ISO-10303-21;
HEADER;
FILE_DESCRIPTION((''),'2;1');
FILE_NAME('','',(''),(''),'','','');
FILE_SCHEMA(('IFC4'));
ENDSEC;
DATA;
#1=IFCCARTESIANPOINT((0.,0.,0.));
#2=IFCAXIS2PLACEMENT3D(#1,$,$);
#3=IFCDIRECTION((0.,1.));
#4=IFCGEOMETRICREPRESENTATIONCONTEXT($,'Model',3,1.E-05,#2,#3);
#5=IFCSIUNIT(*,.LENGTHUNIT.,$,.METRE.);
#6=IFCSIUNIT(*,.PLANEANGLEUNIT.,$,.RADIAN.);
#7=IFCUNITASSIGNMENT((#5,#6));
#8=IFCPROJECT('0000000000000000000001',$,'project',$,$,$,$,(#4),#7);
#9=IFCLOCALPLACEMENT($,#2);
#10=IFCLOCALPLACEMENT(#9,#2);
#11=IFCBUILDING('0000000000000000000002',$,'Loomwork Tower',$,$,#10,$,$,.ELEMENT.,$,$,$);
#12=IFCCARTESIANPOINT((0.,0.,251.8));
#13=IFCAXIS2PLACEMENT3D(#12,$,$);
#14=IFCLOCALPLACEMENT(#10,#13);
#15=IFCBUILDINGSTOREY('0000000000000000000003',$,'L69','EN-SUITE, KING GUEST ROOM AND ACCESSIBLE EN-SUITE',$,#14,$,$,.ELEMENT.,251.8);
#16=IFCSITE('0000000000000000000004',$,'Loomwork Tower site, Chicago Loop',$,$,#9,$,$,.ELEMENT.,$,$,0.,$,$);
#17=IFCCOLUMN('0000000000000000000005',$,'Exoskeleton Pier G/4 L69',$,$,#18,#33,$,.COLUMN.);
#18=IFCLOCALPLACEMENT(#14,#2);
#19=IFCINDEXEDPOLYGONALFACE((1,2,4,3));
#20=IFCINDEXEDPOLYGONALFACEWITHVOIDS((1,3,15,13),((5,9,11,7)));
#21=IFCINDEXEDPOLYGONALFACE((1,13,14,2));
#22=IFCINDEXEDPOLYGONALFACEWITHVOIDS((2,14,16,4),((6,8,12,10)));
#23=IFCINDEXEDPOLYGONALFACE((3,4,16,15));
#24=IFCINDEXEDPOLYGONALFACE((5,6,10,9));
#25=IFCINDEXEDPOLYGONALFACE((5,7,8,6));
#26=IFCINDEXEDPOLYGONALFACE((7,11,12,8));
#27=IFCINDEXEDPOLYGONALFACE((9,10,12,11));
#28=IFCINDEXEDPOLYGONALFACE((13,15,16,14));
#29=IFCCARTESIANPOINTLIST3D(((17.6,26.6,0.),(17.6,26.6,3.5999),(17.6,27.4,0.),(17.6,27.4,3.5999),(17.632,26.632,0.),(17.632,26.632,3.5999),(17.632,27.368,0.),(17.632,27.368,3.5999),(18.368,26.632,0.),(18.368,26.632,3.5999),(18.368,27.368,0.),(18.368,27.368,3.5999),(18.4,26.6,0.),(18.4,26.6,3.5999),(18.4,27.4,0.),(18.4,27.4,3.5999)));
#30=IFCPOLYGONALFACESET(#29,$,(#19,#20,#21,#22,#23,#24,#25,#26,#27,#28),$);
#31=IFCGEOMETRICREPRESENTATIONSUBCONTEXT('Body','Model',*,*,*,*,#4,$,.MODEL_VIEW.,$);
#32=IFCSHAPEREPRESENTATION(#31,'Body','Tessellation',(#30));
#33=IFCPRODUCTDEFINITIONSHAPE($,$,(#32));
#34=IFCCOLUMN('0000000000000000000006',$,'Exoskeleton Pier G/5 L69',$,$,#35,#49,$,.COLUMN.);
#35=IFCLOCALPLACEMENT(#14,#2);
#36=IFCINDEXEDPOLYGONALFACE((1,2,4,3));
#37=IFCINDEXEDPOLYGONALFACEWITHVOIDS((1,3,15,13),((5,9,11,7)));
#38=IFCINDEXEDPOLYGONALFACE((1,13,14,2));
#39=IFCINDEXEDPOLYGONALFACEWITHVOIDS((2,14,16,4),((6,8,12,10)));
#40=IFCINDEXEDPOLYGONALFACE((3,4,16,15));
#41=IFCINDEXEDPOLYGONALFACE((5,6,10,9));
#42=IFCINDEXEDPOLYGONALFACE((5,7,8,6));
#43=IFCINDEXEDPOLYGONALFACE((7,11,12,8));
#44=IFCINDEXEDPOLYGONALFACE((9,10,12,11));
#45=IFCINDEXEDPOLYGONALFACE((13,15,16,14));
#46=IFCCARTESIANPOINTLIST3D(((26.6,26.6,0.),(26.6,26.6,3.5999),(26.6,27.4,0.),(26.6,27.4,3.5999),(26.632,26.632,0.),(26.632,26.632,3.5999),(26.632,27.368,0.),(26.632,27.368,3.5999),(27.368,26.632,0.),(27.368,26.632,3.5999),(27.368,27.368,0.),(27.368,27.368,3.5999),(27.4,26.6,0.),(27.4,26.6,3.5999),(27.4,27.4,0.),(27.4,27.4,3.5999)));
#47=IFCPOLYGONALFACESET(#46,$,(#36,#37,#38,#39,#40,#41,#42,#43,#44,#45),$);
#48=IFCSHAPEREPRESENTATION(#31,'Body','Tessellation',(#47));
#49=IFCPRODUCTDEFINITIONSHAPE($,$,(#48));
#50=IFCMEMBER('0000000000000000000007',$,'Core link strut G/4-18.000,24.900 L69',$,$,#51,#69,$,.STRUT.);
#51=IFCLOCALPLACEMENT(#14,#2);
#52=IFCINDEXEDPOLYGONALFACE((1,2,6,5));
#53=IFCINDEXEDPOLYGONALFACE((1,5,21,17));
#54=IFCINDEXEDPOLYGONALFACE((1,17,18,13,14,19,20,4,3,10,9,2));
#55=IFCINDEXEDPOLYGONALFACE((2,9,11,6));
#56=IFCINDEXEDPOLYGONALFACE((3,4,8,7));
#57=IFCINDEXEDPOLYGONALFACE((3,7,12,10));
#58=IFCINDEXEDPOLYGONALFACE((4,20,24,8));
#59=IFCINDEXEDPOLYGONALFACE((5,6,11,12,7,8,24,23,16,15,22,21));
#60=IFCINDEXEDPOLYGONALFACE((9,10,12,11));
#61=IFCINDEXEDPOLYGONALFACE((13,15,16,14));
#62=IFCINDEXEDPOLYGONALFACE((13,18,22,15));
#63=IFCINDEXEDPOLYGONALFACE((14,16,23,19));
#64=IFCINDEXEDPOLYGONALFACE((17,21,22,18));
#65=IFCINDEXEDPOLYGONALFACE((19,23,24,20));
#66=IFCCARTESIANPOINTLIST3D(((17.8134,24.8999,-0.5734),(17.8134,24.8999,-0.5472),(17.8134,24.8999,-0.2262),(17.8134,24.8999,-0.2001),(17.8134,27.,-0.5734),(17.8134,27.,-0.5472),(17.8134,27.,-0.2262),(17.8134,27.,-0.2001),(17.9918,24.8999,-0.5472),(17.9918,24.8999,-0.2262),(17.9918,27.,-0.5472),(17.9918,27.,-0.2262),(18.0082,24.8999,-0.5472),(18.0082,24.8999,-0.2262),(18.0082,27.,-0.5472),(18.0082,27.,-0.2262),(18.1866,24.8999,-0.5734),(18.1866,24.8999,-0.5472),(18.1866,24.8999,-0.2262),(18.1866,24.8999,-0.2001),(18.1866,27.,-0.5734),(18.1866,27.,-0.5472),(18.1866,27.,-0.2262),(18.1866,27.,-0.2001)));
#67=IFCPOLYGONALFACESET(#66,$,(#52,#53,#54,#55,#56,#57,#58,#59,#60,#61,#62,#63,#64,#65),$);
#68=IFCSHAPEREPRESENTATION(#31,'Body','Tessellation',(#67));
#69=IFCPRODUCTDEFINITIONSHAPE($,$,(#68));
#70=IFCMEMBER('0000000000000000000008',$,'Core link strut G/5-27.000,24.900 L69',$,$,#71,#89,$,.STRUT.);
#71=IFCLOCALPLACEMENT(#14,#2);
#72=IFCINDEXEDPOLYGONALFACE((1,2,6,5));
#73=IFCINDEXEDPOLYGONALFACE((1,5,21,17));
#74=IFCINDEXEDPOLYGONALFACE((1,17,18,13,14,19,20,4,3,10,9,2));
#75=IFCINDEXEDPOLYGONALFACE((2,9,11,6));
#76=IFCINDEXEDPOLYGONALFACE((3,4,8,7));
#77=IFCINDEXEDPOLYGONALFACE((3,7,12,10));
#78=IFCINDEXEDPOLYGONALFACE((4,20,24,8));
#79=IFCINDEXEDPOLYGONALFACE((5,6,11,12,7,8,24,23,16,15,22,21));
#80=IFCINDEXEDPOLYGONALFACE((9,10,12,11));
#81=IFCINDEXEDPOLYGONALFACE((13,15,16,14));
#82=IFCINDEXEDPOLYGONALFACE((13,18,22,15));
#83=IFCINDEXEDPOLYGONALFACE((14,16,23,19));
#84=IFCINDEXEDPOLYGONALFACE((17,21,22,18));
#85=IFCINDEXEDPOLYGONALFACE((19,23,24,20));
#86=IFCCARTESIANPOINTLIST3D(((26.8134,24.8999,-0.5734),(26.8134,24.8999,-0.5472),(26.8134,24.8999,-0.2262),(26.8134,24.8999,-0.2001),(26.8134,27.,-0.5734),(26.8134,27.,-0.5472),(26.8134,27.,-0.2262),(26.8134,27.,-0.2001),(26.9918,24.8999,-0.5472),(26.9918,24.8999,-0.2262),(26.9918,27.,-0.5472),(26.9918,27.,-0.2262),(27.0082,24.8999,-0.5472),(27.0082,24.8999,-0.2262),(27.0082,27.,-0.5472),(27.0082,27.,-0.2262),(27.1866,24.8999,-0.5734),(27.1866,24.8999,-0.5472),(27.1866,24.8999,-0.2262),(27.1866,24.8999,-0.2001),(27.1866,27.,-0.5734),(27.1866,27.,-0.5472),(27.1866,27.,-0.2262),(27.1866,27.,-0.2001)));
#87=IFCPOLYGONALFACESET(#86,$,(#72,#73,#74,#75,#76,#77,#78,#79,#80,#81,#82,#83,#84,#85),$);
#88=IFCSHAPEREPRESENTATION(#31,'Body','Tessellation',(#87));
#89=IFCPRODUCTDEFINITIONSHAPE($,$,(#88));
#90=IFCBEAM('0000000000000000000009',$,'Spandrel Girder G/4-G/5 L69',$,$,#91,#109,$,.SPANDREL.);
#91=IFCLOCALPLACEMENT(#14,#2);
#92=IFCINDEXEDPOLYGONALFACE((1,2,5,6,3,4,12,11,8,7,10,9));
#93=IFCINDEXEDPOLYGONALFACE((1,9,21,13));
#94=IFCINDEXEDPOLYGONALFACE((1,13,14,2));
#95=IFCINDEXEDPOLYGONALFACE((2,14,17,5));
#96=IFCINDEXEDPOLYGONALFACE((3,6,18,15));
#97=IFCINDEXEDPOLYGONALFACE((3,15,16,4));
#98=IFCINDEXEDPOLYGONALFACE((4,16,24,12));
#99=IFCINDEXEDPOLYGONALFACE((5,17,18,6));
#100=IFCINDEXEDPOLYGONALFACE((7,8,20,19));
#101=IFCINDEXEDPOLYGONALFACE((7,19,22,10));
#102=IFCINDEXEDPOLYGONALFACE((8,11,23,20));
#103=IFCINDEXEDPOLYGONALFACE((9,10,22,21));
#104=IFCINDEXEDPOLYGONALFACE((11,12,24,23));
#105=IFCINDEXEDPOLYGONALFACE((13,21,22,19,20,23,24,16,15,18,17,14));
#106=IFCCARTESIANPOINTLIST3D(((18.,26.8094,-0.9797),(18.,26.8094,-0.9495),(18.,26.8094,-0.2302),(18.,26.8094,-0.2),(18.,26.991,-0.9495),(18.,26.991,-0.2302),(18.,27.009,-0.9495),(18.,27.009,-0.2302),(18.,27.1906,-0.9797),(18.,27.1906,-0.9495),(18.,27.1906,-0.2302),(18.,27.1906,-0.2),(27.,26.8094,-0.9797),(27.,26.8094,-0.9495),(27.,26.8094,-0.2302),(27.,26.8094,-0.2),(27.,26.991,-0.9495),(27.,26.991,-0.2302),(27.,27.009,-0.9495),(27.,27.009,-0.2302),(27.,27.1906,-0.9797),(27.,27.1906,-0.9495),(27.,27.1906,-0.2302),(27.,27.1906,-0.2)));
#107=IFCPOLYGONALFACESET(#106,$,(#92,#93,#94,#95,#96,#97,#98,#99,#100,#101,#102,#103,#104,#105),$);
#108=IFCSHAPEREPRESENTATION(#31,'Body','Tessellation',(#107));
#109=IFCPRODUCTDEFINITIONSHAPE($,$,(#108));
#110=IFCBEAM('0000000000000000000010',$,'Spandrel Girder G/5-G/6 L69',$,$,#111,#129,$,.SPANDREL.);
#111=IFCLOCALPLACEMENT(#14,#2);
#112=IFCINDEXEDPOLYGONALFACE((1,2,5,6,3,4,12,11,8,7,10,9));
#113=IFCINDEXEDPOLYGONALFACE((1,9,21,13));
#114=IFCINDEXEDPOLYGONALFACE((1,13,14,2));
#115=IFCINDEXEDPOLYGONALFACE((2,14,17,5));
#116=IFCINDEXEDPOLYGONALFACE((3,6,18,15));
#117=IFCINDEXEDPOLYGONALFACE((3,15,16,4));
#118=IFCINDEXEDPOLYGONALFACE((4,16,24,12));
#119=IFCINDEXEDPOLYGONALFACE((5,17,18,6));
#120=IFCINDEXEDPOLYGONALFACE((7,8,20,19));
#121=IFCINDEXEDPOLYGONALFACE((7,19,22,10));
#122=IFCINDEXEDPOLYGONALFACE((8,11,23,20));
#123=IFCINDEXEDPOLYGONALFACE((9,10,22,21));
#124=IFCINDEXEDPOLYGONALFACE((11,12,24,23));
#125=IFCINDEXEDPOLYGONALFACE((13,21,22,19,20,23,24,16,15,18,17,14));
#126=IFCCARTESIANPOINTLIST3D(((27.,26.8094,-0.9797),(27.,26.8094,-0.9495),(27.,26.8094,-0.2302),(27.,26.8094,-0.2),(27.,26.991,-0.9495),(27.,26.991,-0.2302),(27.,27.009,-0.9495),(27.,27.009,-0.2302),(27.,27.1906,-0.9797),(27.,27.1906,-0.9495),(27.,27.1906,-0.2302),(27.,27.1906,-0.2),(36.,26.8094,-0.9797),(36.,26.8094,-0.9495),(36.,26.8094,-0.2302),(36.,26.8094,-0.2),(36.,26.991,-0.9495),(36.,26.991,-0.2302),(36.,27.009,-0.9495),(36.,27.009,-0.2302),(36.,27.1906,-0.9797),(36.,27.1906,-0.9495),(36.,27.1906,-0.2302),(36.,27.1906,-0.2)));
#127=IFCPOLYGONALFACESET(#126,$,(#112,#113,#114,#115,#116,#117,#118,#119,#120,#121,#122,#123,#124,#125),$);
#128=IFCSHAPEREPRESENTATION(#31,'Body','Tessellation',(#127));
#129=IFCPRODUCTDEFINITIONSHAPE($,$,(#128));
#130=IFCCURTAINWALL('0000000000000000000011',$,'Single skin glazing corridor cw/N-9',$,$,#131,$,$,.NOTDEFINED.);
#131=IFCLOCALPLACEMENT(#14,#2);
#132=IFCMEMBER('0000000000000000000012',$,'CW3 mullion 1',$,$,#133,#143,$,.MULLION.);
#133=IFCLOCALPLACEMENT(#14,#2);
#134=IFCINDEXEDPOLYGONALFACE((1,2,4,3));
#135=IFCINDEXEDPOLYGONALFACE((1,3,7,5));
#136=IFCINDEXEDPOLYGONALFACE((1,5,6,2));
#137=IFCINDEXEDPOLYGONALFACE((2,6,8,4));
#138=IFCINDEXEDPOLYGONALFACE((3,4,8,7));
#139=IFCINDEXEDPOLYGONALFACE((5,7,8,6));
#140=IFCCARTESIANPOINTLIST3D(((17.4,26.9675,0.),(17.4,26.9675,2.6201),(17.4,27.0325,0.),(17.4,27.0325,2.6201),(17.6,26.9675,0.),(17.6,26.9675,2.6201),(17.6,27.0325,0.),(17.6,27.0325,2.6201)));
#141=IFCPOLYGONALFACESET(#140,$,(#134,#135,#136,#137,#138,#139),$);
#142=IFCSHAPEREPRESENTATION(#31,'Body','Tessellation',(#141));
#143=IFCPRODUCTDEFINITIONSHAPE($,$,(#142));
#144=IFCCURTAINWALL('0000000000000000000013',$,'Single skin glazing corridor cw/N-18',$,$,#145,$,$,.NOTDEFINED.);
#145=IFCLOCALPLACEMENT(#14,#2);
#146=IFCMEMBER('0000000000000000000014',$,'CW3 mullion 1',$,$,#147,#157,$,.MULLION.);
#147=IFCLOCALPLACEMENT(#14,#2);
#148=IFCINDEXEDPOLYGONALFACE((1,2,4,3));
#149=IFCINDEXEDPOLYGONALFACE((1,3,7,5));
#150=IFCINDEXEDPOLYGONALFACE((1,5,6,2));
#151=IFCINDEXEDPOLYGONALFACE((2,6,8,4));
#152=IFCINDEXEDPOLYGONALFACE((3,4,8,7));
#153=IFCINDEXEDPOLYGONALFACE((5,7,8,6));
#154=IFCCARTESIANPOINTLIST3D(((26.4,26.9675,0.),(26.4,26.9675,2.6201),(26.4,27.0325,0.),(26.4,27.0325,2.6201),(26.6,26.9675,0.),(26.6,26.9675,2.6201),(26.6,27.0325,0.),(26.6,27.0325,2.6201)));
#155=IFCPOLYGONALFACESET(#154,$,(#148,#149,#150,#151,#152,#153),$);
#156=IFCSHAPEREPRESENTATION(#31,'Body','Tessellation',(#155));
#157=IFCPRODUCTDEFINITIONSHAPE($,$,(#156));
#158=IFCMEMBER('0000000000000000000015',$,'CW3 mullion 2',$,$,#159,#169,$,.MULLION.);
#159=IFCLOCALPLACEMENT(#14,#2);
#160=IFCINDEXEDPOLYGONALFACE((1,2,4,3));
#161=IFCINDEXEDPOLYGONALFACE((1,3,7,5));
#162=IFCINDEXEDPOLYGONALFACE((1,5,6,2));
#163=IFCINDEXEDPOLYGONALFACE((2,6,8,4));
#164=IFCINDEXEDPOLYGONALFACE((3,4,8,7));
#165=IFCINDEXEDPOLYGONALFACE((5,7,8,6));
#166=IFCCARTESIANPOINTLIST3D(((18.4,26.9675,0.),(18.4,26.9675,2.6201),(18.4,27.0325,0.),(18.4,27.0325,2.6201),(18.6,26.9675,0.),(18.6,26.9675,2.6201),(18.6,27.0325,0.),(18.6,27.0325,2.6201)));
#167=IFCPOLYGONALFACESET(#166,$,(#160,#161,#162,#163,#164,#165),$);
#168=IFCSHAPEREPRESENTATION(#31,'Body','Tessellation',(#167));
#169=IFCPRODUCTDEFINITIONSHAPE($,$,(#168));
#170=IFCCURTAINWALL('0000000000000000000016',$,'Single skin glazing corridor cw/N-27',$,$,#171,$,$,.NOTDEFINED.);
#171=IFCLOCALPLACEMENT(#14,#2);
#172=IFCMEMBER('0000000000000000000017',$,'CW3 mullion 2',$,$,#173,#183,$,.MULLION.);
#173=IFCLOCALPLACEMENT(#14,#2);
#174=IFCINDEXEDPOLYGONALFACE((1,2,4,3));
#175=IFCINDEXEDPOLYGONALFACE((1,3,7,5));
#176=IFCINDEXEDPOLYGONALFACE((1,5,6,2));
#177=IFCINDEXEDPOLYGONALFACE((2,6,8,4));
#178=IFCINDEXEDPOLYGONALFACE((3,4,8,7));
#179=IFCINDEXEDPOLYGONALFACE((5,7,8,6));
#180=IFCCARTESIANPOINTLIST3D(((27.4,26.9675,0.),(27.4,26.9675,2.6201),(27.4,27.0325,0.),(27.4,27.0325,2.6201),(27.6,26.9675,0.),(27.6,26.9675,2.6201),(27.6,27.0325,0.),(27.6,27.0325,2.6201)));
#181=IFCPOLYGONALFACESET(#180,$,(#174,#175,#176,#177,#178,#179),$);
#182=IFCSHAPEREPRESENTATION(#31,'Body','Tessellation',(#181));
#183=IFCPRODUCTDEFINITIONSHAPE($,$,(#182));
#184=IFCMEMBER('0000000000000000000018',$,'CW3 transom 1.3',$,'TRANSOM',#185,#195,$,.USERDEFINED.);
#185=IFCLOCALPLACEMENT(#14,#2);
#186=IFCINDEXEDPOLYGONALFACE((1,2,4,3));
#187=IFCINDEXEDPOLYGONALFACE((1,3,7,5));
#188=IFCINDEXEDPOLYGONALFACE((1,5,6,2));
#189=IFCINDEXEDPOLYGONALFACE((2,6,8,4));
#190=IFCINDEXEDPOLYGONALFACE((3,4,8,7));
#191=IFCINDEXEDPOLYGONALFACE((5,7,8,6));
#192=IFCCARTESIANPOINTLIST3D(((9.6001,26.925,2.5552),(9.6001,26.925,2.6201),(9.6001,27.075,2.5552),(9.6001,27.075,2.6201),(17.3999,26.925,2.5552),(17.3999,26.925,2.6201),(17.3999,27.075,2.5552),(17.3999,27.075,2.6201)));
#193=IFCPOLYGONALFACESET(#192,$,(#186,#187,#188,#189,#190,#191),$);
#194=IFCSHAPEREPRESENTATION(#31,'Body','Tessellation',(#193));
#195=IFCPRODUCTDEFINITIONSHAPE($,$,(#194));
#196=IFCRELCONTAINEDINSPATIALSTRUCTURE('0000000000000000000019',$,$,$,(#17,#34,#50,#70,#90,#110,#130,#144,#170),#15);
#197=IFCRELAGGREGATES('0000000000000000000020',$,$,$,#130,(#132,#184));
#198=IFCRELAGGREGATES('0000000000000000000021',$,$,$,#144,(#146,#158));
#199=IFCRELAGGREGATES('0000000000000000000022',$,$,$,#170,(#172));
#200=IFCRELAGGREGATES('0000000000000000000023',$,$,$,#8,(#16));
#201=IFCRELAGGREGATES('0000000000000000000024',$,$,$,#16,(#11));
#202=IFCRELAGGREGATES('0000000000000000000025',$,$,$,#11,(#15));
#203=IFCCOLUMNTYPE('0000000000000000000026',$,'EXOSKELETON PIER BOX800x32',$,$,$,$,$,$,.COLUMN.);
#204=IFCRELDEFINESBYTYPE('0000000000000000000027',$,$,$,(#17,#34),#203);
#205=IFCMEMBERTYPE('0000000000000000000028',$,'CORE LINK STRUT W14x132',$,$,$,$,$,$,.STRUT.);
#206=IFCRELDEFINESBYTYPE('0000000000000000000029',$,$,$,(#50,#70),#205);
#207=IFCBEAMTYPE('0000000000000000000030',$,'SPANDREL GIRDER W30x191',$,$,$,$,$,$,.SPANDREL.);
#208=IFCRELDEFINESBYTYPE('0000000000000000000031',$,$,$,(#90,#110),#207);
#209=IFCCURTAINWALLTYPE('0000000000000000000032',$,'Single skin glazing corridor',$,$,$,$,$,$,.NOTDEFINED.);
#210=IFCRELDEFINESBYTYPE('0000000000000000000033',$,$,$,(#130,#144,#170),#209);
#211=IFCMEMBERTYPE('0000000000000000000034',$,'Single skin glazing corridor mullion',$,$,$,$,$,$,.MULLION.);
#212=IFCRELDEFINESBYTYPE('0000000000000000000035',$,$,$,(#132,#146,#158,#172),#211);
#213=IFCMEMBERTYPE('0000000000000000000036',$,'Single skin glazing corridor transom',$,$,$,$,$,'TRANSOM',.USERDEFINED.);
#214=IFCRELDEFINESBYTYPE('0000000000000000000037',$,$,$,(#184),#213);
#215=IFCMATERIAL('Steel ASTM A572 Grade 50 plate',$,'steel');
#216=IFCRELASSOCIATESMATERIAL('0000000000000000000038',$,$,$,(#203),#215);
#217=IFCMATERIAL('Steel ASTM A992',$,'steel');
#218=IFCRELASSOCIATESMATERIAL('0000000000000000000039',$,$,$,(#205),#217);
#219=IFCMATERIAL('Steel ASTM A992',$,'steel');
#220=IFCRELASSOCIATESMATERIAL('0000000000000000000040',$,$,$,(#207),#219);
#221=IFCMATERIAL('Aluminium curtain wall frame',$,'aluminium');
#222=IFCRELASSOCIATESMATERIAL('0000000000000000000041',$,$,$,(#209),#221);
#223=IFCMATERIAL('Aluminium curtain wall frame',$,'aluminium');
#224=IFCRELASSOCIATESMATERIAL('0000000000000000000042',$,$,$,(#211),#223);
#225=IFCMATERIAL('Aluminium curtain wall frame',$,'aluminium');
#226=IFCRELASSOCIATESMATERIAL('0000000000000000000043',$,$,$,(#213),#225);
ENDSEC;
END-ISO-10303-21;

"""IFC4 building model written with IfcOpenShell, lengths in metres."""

from ifc_helpers import new_model, si_unit, direction, frame, origin, origin_2d, place, context, subcontext, project, spatial, rectangle, hollow_rectangle, i_section, extrude, material, material_profile, profile_set, type_object, element, aggregate, save


model = new_model("IFC4")

# Units and contexts
model_context = context("Model", 3, precision=1e-05, world=origin(), true_north=direction((0.0, 1.0)))
body_context = subcontext(model_context, "Body", "Model", "MODEL_VIEW")
ifc_project = project(units=[si_unit("LENGTHUNIT", "METRE"), si_unit("PLANEANGLEUNIT", "RADIAN")], contexts=[model_context])

# Site, building, storey
site_placement = place(None, origin())
site = spatial("IfcSite", under=ifc_project, at=site_placement, Name="Loomwork Tower site, Chicago Loop", CompositionType="ELEMENT", RefElevation=0.0)
building_placement = place(site_placement, origin())
building = spatial("IfcBuilding", under=site, at=building_placement, Name="Loomwork Tower", CompositionType="ELEMENT")
storey_placement = place(building_placement, frame((0.0, 0.0, 251.8)))
storey = spatial("IfcBuildingStorey", under=building, at=storey_placement, Name="L69", Description="EN-SUITE, KING GUEST ROOM AND ACCESSIBLE EN-SUITE", CompositionType="ELEMENT", Elevation=251.8)

# Columns
ifc_material_1 = material(Name="Steel ASTM A572 Grade 50 plate", Category="steel")
ifc_material_profile_1 = material_profile(ifc_material_1, hollow_rectangle(XDim=0.8, YDim=0.8, WallThickness=0.032, at=origin_2d()), Name="BOX800x32")
ifc_profile_set_1 = profile_set([ifc_material_profile_1], Name="Steel ASTM A572 Grade 50 plate")
column_type = type_object("IfcColumnType", Name="EXOSKELETON PIER BOX800x32", PredefinedType="COLUMN", material=ifc_profile_set_1)
for number, where, z_axis, x_axis, name in (
    (1, (18.0, 27.0, 0.0), (0.0, 0.0, 1.0), (1.0, 0.0, 0.0), "Exoskeleton Pier G/4 L69"),
    (2, (27.0, 27.0, 0.0), (0.0, 0.0, 1.0), (1.0, 0.0, 0.0), "Exoskeleton Pier G/5 L69"),
):
    element("IfcColumn", number, at=place(storey_placement, frame(where, z_axis=z_axis, x_axis=x_axis)), inside=storey, type_object=column_type, Name=name, PredefinedType="COLUMN", context=body_context, shape_type="SweptSolid", body=[
        extrude(hollow_rectangle(XDim=0.8, YDim=0.8, WallThickness=0.032, at=origin_2d()), origin(), (0.0, 0.0, 1.0), 3.5999),
    ])

# Members
ifc_material_2 = material(Name="Steel ASTM A992", Category="steel")
ifc_material_profile_2 = material_profile(ifc_material_2, i_section(OverallWidth=0.3733, OverallDepth=0.3733, WebThickness=0.0164, FlangeThickness=0.0261, at=origin_2d()), Name="W14x132")
ifc_profile_set_2 = profile_set([ifc_material_profile_2], Name="Steel ASTM A992")
member_type_1 = type_object("IfcMemberType", Name="CORE LINK STRUT W14x132", PredefinedType="STRUT", material=ifc_profile_set_2)
for number, where, z_axis, x_axis, name in (
    (3, (18.0, 27.0, -0.3867), (0.0, -1.0, 0.0), (1.0, 0.0, 0.0), "Core link strut G/4-18.000,24.900 L69"),
    (4, (27.0, 27.0, -0.3867), (0.0, -1.0, 0.0), (1.0, 0.0, 0.0), "Core link strut G/5-27.000,24.900 L69"),
):
    element("IfcMember", number, at=place(storey_placement, frame(where, z_axis=z_axis, x_axis=x_axis)), inside=storey, type_object=member_type_1, Name=name, PredefinedType="STRUT", context=body_context, shape_type="SweptSolid", body=[
        extrude(i_section(OverallWidth=0.3733, OverallDepth=0.3733, WebThickness=0.0164, FlangeThickness=0.0261, at=origin_2d()), origin(), (0.0, 0.0, 1.0), 2.1001),
    ])

# Beams
ifc_material_3 = material(Name="Steel ASTM A992", Category="steel")
ifc_material_profile_3 = material_profile(ifc_material_3, i_section(OverallWidth=0.3811, OverallDepth=0.7798, WebThickness=0.0181, FlangeThickness=0.0303, at=origin_2d()), Name="W30x191")
ifc_profile_set_3 = profile_set([ifc_material_profile_3], Name="Steel ASTM A992")
beam_type = type_object("IfcBeamType", Name="SPANDREL GIRDER W30x191", PredefinedType="SPANDREL", material=ifc_profile_set_3)
for number, where, z_axis, x_axis, name in (
    (5, (18.0, 27.0, -0.5898), (1.0, 0.0, 0.0), (0.0, 1.0, 0.0), "Spandrel Girder G/4-G/5 L69"),
    (6, (27.0, 27.0, -0.5898), (1.0, 0.0, 0.0), (0.0, 1.0, 0.0), "Spandrel Girder G/5-G/6 L69"),
):
    element("IfcBeam", number, at=place(storey_placement, frame(where, z_axis=z_axis, x_axis=x_axis)), inside=storey, type_object=beam_type, Name=name, PredefinedType="SPANDREL", context=body_context, shape_type="SweptSolid", body=[
        extrude(i_section(OverallWidth=0.3811, OverallDepth=0.7798, WebThickness=0.0181, FlangeThickness=0.0303, at=origin_2d()), origin(), (0.0, 0.0, 1.0), 9.0),
    ])

# Curtain wall, member
ifc_material_4 = material(Name="Aluminium curtain wall frame", Category="aluminium")
curtain_wall_type = type_object("IfcCurtainWallType", Name="Single skin glazing corridor", PredefinedType="NOTDEFINED", material=ifc_material_4)
curtain_wall_1_placement = place(storey_placement, origin())
curtain_wall_1 = element("IfcCurtainWall", 7, at=curtain_wall_1_placement, inside=storey, type_object=curtain_wall_type, Name="Single skin glazing corridor cw/N-9", PredefinedType="NOTDEFINED")
ifc_material_5 = material(Name="Aluminium curtain wall frame", Category="aluminium")
ifc_material_profile_4 = material_profile(ifc_material_5, rectangle(XDim=0.0649, YDim=0.2, at=origin_2d()), Name="AL 65x200")
ifc_profile_set_4 = profile_set([ifc_material_profile_4], Name="Aluminium curtain wall frame")
member_type_2 = type_object("IfcMemberType", Name="Single skin glazing corridor mullion", PredefinedType="MULLION", material=ifc_profile_set_4)
member_1_placement = place(storey_placement, frame((17.5, 27.0, 0.0), z_axis=(0.0, 0.0, 1.0), x_axis=(0.0, -1.0, 0.0)))
member_1 = element("IfcMember", 8, at=member_1_placement, type_object=member_type_2, Name="CW3 mullion 1", PredefinedType="MULLION", context=body_context, shape_type="SweptSolid", body=[
    extrude(rectangle(XDim=0.0649, YDim=0.2, at=origin_2d()), origin(), (0.0, 0.0, 1.0), 2.6201),
])

# Curtain wall, members
curtain_wall_2_placement = place(storey_placement, origin())
curtain_wall_2 = element("IfcCurtainWall", 9, at=curtain_wall_2_placement, inside=storey, type_object=curtain_wall_type, Name="Single skin glazing corridor cw/N-18", PredefinedType="NOTDEFINED")
member_2_placement = place(storey_placement, frame((26.5, 27.0, 0.0), z_axis=(0.0, 0.0, 1.0), x_axis=(0.0, -1.0, 0.0)))
member_2 = element("IfcMember", 10, at=member_2_placement, type_object=member_type_2, Name="CW3 mullion 1", PredefinedType="MULLION", context=body_context, shape_type="SweptSolid", body=[
    extrude(rectangle(XDim=0.0649, YDim=0.2, at=origin_2d()), origin(), (0.0, 0.0, 1.0), 2.6201),
])
member_3_placement = place(storey_placement, frame((18.5, 27.0, 0.0), z_axis=(0.0, 0.0, 1.0), x_axis=(0.0, -1.0, 0.0)))
member_3 = element("IfcMember", 11, at=member_3_placement, type_object=member_type_2, Name="CW3 mullion 2", PredefinedType="MULLION", context=body_context, shape_type="SweptSolid", body=[
    extrude(rectangle(XDim=0.0649, YDim=0.2, at=origin_2d()), origin(), (0.0, 0.0, 1.0), 2.6201),
])

# Curtain wall, member
curtain_wall_3_placement = place(storey_placement, origin())
curtain_wall_3 = element("IfcCurtainWall", 12, at=curtain_wall_3_placement, inside=storey, type_object=curtain_wall_type, Name="Single skin glazing corridor cw/N-27", PredefinedType="NOTDEFINED")
member_4_placement = place(storey_placement, frame((27.5, 27.0, 0.0), z_axis=(0.0, 0.0, 1.0), x_axis=(0.0, -1.0, 0.0)))
member_4 = element("IfcMember", 13, at=member_4_placement, type_object=member_type_2, Name="CW3 mullion 2", PredefinedType="MULLION", context=body_context, shape_type="SweptSolid", body=[
    extrude(rectangle(XDim=0.0649, YDim=0.2, at=origin_2d()), origin(), (0.0, 0.0, 1.0), 2.6201),
])

# Member
ifc_material_6 = material(Name="Aluminium curtain wall frame", Category="aluminium")
ifc_material_profile_5 = material_profile(ifc_material_6, rectangle(XDim=0.1499, YDim=0.0649, at=origin_2d()), Name="AL 65x150")
ifc_profile_set_5 = profile_set([ifc_material_profile_5], Name="Aluminium curtain wall frame")
member_type_3 = type_object("IfcMemberType", Name="Single skin glazing corridor transom", ElementType="TRANSOM", PredefinedType="USERDEFINED", material=ifc_profile_set_5)
member_5_placement = place(storey_placement, frame((17.3999, 27.0, 2.5876), z_axis=(-1.0, 0.0, 0.0), x_axis=(0.0, -1.0, 0.0)))
member_5 = element("IfcMember", 14, at=member_5_placement, type_object=member_type_3, Name="CW3 transom 1.3", ObjectType="TRANSOM", PredefinedType="USERDEFINED", context=body_context, shape_type="SweptSolid", body=[
    extrude(rectangle(XDim=0.1499, YDim=0.0649, at=origin_2d()), origin(), (0.0, 0.0, 1.0), 7.7998),
])
aggregate(curtain_wall_1, [member_1, member_5])

aggregate(curtain_wall_2, [member_2, member_3])
aggregate(curtain_wall_3, [member_4])

save(model, "model.ifc")
